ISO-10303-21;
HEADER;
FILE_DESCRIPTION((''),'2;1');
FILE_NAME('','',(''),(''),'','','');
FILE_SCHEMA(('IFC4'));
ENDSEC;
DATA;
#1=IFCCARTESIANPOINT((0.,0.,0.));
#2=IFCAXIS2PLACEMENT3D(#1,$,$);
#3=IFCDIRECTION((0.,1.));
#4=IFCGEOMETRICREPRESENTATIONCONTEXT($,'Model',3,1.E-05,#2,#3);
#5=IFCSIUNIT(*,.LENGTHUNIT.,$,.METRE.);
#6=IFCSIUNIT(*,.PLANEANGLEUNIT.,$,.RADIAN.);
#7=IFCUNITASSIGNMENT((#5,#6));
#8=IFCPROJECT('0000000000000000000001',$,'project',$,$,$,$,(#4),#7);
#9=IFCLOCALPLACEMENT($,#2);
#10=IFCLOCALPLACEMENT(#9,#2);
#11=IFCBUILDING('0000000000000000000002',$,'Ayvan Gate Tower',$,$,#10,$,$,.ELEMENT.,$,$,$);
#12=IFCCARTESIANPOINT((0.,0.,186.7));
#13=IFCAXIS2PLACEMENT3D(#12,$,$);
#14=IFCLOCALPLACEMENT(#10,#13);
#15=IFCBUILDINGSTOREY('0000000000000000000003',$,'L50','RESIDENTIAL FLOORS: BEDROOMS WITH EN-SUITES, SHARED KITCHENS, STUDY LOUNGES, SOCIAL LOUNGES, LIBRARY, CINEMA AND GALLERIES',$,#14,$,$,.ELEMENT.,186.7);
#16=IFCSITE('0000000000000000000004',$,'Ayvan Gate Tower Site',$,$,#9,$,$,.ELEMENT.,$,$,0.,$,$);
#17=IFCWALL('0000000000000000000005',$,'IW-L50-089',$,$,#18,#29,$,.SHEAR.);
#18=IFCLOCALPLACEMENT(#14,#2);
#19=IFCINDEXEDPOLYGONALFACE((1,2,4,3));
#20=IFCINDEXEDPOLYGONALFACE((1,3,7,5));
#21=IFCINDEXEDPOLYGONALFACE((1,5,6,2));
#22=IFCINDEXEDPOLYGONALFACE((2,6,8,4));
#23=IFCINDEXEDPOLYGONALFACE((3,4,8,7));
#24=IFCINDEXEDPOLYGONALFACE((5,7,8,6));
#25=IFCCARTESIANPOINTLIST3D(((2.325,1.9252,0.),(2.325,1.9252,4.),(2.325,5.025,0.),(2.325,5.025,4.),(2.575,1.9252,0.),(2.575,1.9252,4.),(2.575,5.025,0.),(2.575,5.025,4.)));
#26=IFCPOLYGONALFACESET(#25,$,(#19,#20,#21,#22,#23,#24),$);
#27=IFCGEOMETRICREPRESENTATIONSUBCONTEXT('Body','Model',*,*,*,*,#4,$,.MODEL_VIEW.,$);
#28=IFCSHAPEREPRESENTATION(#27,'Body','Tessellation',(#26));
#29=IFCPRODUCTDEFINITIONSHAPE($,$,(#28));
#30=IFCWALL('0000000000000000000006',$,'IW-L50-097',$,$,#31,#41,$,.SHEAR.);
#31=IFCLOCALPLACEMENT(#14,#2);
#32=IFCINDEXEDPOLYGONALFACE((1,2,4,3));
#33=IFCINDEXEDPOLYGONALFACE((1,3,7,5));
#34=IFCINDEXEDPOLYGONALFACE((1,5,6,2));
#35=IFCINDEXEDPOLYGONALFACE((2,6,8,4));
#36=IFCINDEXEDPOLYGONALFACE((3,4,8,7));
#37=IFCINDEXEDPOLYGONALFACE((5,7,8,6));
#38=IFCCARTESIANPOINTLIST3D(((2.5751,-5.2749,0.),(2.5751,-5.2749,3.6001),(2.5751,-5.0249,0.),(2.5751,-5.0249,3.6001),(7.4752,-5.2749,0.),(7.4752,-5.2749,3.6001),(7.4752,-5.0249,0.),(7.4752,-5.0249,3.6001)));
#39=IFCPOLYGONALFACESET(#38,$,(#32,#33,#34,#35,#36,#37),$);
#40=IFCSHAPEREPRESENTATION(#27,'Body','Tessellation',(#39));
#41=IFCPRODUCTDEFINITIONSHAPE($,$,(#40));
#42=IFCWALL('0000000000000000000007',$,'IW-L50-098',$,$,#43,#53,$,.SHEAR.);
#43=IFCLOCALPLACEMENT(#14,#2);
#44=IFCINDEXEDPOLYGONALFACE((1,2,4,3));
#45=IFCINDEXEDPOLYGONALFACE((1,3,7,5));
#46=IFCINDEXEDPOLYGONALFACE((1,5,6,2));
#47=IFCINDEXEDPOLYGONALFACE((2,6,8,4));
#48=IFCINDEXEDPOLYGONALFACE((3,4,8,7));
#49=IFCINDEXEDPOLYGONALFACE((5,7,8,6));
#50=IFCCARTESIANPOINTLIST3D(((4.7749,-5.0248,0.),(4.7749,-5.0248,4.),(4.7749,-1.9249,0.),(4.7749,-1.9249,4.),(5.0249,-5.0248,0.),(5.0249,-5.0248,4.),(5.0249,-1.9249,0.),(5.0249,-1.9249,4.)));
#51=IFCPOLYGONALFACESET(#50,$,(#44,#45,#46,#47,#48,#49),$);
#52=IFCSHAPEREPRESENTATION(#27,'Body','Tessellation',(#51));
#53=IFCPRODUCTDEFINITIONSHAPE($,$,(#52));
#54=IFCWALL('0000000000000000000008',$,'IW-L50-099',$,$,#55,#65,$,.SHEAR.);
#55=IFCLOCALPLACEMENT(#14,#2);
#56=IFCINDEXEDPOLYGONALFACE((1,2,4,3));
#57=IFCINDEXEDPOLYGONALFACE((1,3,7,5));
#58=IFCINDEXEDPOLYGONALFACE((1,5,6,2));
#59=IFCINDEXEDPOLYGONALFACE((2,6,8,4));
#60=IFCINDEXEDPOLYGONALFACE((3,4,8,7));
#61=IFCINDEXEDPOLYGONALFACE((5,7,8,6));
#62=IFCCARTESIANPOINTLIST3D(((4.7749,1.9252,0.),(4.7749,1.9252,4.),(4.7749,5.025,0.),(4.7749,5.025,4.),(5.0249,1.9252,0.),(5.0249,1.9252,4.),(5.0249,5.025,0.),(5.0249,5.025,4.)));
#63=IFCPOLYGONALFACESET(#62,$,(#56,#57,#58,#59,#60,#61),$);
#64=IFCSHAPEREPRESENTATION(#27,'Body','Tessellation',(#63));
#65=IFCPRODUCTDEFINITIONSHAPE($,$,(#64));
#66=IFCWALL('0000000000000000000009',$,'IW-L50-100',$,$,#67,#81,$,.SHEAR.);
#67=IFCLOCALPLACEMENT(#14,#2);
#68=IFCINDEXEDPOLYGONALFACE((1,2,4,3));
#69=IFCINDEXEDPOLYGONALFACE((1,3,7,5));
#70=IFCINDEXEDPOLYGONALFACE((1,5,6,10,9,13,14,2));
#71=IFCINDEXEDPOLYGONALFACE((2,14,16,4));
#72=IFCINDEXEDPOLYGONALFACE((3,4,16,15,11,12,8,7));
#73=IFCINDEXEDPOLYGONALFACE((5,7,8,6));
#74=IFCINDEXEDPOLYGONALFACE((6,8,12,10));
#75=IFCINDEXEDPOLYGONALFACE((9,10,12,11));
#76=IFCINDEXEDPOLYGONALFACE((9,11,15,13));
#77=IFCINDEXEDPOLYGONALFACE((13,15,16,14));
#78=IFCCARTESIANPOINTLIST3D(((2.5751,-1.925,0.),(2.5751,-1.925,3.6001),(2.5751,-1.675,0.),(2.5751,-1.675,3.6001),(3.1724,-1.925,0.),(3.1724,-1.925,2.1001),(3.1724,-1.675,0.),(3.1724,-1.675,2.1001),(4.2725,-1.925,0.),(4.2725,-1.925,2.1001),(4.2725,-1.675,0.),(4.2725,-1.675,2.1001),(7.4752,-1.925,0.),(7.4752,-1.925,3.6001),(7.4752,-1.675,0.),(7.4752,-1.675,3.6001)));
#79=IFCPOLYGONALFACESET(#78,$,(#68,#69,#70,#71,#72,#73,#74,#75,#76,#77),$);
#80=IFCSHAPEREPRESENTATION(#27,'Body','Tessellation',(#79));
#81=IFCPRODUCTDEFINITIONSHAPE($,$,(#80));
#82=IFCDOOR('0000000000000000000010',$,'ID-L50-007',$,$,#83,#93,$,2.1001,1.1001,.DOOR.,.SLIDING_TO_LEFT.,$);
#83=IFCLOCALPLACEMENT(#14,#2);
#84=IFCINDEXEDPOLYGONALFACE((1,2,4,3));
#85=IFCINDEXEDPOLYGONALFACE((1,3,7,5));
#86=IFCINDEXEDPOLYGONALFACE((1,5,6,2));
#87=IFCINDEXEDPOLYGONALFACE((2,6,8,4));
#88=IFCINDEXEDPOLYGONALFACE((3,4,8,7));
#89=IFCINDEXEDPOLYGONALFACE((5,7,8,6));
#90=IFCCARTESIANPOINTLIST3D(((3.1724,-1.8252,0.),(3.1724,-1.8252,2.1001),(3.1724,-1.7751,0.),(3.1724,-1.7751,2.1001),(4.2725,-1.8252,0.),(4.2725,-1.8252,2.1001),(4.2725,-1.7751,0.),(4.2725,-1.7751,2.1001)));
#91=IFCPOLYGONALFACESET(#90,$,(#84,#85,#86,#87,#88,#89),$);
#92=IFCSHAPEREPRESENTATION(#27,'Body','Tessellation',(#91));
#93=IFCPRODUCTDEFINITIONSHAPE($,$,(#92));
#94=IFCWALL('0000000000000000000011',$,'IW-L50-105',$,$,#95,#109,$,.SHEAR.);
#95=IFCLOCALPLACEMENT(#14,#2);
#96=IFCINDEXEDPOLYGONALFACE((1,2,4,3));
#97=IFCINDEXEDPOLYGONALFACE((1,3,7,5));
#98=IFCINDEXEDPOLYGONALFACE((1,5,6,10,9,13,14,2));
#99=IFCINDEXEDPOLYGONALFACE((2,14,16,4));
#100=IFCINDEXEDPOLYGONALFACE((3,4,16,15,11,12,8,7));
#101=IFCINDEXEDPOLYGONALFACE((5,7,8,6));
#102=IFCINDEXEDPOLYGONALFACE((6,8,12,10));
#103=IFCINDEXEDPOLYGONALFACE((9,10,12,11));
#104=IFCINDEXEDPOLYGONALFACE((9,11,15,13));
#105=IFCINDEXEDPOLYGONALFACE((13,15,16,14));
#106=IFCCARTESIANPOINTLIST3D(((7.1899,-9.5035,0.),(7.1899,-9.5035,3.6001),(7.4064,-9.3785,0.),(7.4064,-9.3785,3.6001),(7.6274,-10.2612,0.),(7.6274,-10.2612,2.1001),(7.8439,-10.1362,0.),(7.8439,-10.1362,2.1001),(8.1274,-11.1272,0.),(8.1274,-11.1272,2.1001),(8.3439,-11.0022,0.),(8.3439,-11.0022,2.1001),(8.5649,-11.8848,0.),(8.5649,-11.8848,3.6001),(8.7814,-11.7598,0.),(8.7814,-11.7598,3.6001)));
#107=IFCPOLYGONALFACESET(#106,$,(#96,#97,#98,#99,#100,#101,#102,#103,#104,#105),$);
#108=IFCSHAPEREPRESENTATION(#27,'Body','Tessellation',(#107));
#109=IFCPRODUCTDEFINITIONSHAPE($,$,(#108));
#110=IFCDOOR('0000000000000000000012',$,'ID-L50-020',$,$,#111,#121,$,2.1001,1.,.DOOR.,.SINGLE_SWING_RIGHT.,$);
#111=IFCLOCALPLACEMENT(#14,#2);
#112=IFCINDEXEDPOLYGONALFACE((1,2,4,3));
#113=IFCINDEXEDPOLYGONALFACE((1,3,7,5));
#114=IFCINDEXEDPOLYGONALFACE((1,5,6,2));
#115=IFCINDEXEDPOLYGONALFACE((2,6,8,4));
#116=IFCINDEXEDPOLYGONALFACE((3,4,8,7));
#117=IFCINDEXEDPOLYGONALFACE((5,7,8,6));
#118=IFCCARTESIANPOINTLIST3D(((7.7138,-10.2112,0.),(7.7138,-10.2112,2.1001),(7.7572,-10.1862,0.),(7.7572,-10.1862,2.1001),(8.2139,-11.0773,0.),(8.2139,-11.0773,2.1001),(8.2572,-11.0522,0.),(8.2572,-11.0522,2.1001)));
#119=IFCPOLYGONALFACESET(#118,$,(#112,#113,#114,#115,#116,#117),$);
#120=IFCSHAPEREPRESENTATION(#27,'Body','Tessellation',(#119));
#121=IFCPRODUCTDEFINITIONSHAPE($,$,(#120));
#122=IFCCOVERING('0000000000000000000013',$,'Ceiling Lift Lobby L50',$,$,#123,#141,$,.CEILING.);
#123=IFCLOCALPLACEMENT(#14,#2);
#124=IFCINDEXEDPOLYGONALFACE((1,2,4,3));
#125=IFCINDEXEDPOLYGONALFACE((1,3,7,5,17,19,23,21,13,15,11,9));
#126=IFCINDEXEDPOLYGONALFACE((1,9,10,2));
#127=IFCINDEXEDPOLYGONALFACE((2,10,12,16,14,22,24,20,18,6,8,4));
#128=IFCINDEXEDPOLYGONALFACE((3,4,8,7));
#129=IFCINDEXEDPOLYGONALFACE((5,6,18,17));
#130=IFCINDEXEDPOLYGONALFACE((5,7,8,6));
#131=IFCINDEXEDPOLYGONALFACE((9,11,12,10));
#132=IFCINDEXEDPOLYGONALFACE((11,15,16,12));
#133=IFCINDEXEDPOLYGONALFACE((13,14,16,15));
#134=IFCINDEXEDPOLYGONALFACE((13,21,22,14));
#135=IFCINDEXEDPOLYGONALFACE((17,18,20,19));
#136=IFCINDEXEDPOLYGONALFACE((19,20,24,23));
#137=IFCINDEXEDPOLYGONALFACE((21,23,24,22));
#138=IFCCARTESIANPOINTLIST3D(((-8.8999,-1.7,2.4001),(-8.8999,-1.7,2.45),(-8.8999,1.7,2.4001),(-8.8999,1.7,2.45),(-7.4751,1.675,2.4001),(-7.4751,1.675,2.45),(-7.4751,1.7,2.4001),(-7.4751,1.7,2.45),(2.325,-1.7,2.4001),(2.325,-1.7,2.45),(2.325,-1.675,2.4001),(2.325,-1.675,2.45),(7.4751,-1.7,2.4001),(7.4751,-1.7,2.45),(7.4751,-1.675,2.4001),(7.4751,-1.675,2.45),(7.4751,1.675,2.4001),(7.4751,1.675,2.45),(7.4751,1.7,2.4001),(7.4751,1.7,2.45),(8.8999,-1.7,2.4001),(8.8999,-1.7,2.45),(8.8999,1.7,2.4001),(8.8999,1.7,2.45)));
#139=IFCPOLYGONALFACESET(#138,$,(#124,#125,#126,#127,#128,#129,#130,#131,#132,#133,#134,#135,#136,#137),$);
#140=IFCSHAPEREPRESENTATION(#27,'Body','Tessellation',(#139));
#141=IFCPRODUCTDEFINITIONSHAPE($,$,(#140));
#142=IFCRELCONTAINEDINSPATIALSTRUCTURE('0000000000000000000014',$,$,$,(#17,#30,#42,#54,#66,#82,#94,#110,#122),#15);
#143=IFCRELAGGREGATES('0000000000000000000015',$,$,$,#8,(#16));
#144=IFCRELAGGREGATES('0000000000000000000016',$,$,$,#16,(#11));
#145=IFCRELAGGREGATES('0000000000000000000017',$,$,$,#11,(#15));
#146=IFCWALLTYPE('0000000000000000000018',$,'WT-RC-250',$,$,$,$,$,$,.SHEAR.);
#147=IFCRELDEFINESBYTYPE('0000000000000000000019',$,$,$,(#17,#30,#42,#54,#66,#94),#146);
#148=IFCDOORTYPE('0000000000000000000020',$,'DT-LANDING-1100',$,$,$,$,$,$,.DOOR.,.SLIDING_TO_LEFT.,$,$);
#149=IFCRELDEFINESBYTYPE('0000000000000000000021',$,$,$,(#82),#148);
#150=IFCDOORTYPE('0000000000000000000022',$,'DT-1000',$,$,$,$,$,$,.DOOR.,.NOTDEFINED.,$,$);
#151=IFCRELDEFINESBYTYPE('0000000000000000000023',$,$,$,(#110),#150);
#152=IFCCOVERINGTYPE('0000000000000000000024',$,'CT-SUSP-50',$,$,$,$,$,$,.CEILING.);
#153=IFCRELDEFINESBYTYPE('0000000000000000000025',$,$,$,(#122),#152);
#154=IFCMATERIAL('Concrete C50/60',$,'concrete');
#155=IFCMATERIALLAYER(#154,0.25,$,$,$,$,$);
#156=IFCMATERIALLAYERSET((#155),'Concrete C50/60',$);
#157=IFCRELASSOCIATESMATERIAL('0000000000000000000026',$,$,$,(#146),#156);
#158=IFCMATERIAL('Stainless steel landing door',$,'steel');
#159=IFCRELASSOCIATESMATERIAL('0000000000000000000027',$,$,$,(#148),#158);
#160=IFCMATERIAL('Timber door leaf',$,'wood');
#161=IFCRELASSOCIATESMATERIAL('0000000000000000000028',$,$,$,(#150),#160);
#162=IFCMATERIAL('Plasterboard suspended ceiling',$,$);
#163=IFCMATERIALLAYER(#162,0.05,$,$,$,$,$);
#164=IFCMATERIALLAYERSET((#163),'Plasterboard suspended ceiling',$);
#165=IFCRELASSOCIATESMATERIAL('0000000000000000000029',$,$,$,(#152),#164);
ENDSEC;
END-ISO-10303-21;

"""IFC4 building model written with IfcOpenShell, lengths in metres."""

from ifc_helpers import new_model, si_unit, direction, frame, frame_2d, origin, place, context, subcontext, project, spatial, polyline, rectangle, outline, extrude, material, layer, layer_set, type_object, element, fill, save


model = new_model("IFC4")

# Units and contexts
model_context = context("Model", 3, precision=1e-05, world=origin(), true_north=direction((0.0, 1.0)))
body_context = subcontext(model_context, "Body", "Model", "MODEL_VIEW")
ifc_project = project(units=[si_unit("LENGTHUNIT", "METRE"), si_unit("PLANEANGLEUNIT", "RADIAN")], contexts=[model_context])

# Site, building, storey
site_placement = place(None, origin())
site = spatial("IfcSite", under=ifc_project, at=site_placement, Name="Ayvan Gate Tower Site", CompositionType="ELEMENT", RefElevation=0.0)
building_placement = place(site_placement, origin())
building = spatial("IfcBuilding", under=site, at=building_placement, Name="Ayvan Gate Tower", CompositionType="ELEMENT")
storey_placement = place(building_placement, frame((0.0, 0.0, 186.7)))
storey = spatial("IfcBuildingStorey", under=building, at=storey_placement, Name="L50", Description="RESIDENTIAL FLOORS: BEDROOMS WITH EN-SUITES, SHARED KITCHENS, STUDY LOUNGES, SOCIAL LOUNGES, LIBRARY, CINEMA AND GALLERIES", CompositionType="ELEMENT", Elevation=186.7)

# Walls
ifc_material_1 = material(Name="Concrete C50/60", Category="concrete")
ifc_layer_1 = layer(ifc_material_1, 0.25)
ifc_layer_set_1 = layer_set([ifc_layer_1], Name="Concrete C50/60")
wall_type_1 = type_object("IfcWallType", Name="WT-RC-250", PredefinedType="SHEAR", material=ifc_layer_set_1)
wall_1_placement = place(storey_placement, frame((2.45, 5.0249, 0.0), z_axis=(0.0, 0.0, 1.0), x_axis=(0.0, -1.0, 0.0)))
element("IfcWall", 1, at=wall_1_placement, inside=storey, type_object=wall_type_1, Name="IW-L50-089", PredefinedType="SHEAR", context=body_context, shape_type="SweptSolid", body=[
    extrude(rectangle(XDim=3.0999, YDim=0.25, at=frame_2d((1.5498, 0.0))), origin(), (0.0, 0.0, 1.0), 4.0),
])
wall_2_placement = place(storey_placement, frame((2.575, -5.1499, 0.0), z_axis=(0.0, 0.0, 1.0), x_axis=(1.0, 0.0, 0.0)))
element("IfcWall", 2, at=wall_2_placement, inside=storey, type_object=wall_type_1, Name="IW-L50-097", PredefinedType="SHEAR", context=body_context, shape_type="SweptSolid", body=[
    extrude(rectangle(XDim=4.9001, YDim=0.25, at=frame_2d((2.4502, 0.0))), origin(), (0.0, 0.0, 1.0), 3.6001),
])
for number, where, z_axis, x_axis, name in (
    (3, (4.8999, -1.925, 0.0), (0.0, 0.0, 1.0), (0.0, -1.0, 0.0), "IW-L50-098"),
    (4, (4.8999, 5.0249, 0.0), (0.0, 0.0, 1.0), (0.0, -1.0, 0.0), "IW-L50-099"),
):
    element("IfcWall", number, at=place(storey_placement, frame(where, z_axis=z_axis, x_axis=x_axis)), inside=storey, type_object=wall_type_1, Name=name, PredefinedType="SHEAR", context=body_context, shape_type="SweptSolid", body=[
        extrude(rectangle(XDim=3.0999, YDim=0.25, at=frame_2d((1.5498, 0.0))), origin(), (0.0, 0.0, 1.0), 4.0),
    ])

# Walls, openings, doors
wall_3_placement = place(storey_placement, frame((2.575, -1.8, 0.0), z_axis=(0.0, 0.0, 1.0), x_axis=(1.0, 0.0, 0.0)))
wall_3 = element("IfcWall", 5, at=wall_3_placement, inside=storey, type_object=wall_type_1, Name="IW-L50-100", PredefinedType="SHEAR", context=body_context, shape_type="SweptSolid", body=[
    extrude(rectangle(XDim=4.9001, YDim=0.25, at=frame_2d((2.4502, 0.0))), origin(), (0.0, 0.0, 1.0), 3.6001),
])
opening_1_placement = place(wall_3_placement, frame((0.5974, 0.0, 0.0)))
opening_1 = element("IfcOpeningElement", 6, at=opening_1_placement, cuts=wall_3, PredefinedType="OPENING", context=body_context, shape_type="SweptSolid", body=[
    extrude(rectangle(XDim=1.1001, YDim=2.1001, at=frame_2d((0.55, 1.05))), frame((0.0, 0.135, 0.0), z_axis=(0.0, -1.0, 0.0), x_axis=(1.0, 0.0, 0.0)), (0.0, 0.0, 1.0), 0.27),
])
ifc_material_2 = material(Name="Stainless steel landing door", Category="steel")
door_type_1 = type_object("IfcDoorType", Name="DT-LANDING-1100", OperationType="SLIDING_TO_LEFT", PredefinedType="DOOR", material=ifc_material_2)
door_1_placement = place(opening_1_placement, origin())
door_1 = element("IfcDoor", 7, at=door_1_placement, inside=storey, type_object=door_type_1, Name="ID-L50-007", OperationType="SLIDING_TO_LEFT", OverallHeight=2.1001, OverallWidth=1.1001, PredefinedType="DOOR", context=body_context, shape_type="SweptSolid", body=[
    extrude(rectangle(XDim=1.1001, YDim=2.1001, at=frame_2d((0.55, 1.05))), frame((0.0, 0.0249, 0.0), z_axis=(0.0, -1.0, 0.0), x_axis=(1.0, 0.0, 0.0)), (0.0, 0.0, 1.0), 0.05),
])
fill(opening_1, door_1)
wall_4_placement = place(storey_placement, frame((7.2981, -9.4409, 0.0), z_axis=(0.0, 0.0, 1.0), x_axis=(0.500035, -0.866005, 0.0)))
wall_4 = element("IfcWall", 8, at=wall_4_placement, inside=storey, type_object=wall_type_1, Name="IW-L50-105", PredefinedType="SHEAR", context=body_context, shape_type="SweptSolid", body=[
    extrude(rectangle(XDim=2.7498, YDim=0.25, at=frame_2d((1.375, 0.0))), origin(), (0.0, 0.0, 1.0), 3.6001),
])
opening_2_placement = place(wall_4_placement, frame((0.875, 0.0, 0.0)))
opening_2 = element("IfcOpeningElement", 9, at=opening_2_placement, cuts=wall_4, PredefinedType="OPENING", context=body_context, shape_type="SweptSolid", body=[
    extrude(rectangle(XDim=1.0, YDim=2.1001, at=frame_2d((0.5, 1.05))), frame((0.0, 0.135, 0.0), z_axis=(0.0, -1.0, 0.0), x_axis=(1.0, 0.0, 0.0)), (0.0, 0.0, 1.0), 0.27),
])
ifc_material_3 = material(Name="Timber door leaf", Category="wood")
door_type_2 = type_object("IfcDoorType", Name="DT-1000", OperationType="NOTDEFINED", PredefinedType="DOOR", material=ifc_material_3)
door_2_placement = place(opening_2_placement, origin())
door_2 = element("IfcDoor", 10, at=door_2_placement, inside=storey, type_object=door_type_2, Name="ID-L50-020", OperationType="SINGLE_SWING_RIGHT", OverallHeight=2.1001, OverallWidth=1.0, PredefinedType="DOOR", context=body_context, shape_type="SweptSolid", body=[
    extrude(rectangle(XDim=1.0, YDim=2.1001, at=frame_2d((0.5, 1.05))), frame((0.0, 0.0249, 0.0), z_axis=(0.0, -1.0, 0.0), x_axis=(1.0, 0.0, 0.0)), (0.0, 0.0, 1.0), 0.05),
])
fill(opening_2, door_2)

# Covering
ifc_material_4 = material(Name="Plasterboard suspended ceiling")
ifc_layer_2 = layer(ifc_material_4, 0.05)
ifc_layer_set_2 = layer_set([ifc_layer_2], Name="Plasterboard suspended ceiling")
covering_type = type_object("IfcCoveringType", Name="CT-SUSP-50", PredefinedType="CEILING", material=ifc_layer_set_2)
covering_1_placement = place(storey_placement, frame((0.0, 0.0, 2.4001)))
element("IfcCovering", 11, at=covering_1_placement, inside=storey, type_object=covering_type, Name="Ceiling Lift Lobby L50", PredefinedType="CEILING", context=body_context, shape_type="SweptSolid", body=[
    extrude(outline(polyline([(7.4751, -1.675), (2.325, -1.675), (2.325, -1.7), (-8.8999, -1.7), (-8.8999, 1.7), (-7.4751, 1.7), (-7.4751, 1.675), (7.4751, 1.675), (7.4751, 1.7), (8.8999, 1.7), (8.8999, -1.7), (7.4751, -1.7), (7.4751, -1.675)])), origin(), (0.0, 0.0, 1.0), 0.0498),
])

save(model, "model.ifc")
